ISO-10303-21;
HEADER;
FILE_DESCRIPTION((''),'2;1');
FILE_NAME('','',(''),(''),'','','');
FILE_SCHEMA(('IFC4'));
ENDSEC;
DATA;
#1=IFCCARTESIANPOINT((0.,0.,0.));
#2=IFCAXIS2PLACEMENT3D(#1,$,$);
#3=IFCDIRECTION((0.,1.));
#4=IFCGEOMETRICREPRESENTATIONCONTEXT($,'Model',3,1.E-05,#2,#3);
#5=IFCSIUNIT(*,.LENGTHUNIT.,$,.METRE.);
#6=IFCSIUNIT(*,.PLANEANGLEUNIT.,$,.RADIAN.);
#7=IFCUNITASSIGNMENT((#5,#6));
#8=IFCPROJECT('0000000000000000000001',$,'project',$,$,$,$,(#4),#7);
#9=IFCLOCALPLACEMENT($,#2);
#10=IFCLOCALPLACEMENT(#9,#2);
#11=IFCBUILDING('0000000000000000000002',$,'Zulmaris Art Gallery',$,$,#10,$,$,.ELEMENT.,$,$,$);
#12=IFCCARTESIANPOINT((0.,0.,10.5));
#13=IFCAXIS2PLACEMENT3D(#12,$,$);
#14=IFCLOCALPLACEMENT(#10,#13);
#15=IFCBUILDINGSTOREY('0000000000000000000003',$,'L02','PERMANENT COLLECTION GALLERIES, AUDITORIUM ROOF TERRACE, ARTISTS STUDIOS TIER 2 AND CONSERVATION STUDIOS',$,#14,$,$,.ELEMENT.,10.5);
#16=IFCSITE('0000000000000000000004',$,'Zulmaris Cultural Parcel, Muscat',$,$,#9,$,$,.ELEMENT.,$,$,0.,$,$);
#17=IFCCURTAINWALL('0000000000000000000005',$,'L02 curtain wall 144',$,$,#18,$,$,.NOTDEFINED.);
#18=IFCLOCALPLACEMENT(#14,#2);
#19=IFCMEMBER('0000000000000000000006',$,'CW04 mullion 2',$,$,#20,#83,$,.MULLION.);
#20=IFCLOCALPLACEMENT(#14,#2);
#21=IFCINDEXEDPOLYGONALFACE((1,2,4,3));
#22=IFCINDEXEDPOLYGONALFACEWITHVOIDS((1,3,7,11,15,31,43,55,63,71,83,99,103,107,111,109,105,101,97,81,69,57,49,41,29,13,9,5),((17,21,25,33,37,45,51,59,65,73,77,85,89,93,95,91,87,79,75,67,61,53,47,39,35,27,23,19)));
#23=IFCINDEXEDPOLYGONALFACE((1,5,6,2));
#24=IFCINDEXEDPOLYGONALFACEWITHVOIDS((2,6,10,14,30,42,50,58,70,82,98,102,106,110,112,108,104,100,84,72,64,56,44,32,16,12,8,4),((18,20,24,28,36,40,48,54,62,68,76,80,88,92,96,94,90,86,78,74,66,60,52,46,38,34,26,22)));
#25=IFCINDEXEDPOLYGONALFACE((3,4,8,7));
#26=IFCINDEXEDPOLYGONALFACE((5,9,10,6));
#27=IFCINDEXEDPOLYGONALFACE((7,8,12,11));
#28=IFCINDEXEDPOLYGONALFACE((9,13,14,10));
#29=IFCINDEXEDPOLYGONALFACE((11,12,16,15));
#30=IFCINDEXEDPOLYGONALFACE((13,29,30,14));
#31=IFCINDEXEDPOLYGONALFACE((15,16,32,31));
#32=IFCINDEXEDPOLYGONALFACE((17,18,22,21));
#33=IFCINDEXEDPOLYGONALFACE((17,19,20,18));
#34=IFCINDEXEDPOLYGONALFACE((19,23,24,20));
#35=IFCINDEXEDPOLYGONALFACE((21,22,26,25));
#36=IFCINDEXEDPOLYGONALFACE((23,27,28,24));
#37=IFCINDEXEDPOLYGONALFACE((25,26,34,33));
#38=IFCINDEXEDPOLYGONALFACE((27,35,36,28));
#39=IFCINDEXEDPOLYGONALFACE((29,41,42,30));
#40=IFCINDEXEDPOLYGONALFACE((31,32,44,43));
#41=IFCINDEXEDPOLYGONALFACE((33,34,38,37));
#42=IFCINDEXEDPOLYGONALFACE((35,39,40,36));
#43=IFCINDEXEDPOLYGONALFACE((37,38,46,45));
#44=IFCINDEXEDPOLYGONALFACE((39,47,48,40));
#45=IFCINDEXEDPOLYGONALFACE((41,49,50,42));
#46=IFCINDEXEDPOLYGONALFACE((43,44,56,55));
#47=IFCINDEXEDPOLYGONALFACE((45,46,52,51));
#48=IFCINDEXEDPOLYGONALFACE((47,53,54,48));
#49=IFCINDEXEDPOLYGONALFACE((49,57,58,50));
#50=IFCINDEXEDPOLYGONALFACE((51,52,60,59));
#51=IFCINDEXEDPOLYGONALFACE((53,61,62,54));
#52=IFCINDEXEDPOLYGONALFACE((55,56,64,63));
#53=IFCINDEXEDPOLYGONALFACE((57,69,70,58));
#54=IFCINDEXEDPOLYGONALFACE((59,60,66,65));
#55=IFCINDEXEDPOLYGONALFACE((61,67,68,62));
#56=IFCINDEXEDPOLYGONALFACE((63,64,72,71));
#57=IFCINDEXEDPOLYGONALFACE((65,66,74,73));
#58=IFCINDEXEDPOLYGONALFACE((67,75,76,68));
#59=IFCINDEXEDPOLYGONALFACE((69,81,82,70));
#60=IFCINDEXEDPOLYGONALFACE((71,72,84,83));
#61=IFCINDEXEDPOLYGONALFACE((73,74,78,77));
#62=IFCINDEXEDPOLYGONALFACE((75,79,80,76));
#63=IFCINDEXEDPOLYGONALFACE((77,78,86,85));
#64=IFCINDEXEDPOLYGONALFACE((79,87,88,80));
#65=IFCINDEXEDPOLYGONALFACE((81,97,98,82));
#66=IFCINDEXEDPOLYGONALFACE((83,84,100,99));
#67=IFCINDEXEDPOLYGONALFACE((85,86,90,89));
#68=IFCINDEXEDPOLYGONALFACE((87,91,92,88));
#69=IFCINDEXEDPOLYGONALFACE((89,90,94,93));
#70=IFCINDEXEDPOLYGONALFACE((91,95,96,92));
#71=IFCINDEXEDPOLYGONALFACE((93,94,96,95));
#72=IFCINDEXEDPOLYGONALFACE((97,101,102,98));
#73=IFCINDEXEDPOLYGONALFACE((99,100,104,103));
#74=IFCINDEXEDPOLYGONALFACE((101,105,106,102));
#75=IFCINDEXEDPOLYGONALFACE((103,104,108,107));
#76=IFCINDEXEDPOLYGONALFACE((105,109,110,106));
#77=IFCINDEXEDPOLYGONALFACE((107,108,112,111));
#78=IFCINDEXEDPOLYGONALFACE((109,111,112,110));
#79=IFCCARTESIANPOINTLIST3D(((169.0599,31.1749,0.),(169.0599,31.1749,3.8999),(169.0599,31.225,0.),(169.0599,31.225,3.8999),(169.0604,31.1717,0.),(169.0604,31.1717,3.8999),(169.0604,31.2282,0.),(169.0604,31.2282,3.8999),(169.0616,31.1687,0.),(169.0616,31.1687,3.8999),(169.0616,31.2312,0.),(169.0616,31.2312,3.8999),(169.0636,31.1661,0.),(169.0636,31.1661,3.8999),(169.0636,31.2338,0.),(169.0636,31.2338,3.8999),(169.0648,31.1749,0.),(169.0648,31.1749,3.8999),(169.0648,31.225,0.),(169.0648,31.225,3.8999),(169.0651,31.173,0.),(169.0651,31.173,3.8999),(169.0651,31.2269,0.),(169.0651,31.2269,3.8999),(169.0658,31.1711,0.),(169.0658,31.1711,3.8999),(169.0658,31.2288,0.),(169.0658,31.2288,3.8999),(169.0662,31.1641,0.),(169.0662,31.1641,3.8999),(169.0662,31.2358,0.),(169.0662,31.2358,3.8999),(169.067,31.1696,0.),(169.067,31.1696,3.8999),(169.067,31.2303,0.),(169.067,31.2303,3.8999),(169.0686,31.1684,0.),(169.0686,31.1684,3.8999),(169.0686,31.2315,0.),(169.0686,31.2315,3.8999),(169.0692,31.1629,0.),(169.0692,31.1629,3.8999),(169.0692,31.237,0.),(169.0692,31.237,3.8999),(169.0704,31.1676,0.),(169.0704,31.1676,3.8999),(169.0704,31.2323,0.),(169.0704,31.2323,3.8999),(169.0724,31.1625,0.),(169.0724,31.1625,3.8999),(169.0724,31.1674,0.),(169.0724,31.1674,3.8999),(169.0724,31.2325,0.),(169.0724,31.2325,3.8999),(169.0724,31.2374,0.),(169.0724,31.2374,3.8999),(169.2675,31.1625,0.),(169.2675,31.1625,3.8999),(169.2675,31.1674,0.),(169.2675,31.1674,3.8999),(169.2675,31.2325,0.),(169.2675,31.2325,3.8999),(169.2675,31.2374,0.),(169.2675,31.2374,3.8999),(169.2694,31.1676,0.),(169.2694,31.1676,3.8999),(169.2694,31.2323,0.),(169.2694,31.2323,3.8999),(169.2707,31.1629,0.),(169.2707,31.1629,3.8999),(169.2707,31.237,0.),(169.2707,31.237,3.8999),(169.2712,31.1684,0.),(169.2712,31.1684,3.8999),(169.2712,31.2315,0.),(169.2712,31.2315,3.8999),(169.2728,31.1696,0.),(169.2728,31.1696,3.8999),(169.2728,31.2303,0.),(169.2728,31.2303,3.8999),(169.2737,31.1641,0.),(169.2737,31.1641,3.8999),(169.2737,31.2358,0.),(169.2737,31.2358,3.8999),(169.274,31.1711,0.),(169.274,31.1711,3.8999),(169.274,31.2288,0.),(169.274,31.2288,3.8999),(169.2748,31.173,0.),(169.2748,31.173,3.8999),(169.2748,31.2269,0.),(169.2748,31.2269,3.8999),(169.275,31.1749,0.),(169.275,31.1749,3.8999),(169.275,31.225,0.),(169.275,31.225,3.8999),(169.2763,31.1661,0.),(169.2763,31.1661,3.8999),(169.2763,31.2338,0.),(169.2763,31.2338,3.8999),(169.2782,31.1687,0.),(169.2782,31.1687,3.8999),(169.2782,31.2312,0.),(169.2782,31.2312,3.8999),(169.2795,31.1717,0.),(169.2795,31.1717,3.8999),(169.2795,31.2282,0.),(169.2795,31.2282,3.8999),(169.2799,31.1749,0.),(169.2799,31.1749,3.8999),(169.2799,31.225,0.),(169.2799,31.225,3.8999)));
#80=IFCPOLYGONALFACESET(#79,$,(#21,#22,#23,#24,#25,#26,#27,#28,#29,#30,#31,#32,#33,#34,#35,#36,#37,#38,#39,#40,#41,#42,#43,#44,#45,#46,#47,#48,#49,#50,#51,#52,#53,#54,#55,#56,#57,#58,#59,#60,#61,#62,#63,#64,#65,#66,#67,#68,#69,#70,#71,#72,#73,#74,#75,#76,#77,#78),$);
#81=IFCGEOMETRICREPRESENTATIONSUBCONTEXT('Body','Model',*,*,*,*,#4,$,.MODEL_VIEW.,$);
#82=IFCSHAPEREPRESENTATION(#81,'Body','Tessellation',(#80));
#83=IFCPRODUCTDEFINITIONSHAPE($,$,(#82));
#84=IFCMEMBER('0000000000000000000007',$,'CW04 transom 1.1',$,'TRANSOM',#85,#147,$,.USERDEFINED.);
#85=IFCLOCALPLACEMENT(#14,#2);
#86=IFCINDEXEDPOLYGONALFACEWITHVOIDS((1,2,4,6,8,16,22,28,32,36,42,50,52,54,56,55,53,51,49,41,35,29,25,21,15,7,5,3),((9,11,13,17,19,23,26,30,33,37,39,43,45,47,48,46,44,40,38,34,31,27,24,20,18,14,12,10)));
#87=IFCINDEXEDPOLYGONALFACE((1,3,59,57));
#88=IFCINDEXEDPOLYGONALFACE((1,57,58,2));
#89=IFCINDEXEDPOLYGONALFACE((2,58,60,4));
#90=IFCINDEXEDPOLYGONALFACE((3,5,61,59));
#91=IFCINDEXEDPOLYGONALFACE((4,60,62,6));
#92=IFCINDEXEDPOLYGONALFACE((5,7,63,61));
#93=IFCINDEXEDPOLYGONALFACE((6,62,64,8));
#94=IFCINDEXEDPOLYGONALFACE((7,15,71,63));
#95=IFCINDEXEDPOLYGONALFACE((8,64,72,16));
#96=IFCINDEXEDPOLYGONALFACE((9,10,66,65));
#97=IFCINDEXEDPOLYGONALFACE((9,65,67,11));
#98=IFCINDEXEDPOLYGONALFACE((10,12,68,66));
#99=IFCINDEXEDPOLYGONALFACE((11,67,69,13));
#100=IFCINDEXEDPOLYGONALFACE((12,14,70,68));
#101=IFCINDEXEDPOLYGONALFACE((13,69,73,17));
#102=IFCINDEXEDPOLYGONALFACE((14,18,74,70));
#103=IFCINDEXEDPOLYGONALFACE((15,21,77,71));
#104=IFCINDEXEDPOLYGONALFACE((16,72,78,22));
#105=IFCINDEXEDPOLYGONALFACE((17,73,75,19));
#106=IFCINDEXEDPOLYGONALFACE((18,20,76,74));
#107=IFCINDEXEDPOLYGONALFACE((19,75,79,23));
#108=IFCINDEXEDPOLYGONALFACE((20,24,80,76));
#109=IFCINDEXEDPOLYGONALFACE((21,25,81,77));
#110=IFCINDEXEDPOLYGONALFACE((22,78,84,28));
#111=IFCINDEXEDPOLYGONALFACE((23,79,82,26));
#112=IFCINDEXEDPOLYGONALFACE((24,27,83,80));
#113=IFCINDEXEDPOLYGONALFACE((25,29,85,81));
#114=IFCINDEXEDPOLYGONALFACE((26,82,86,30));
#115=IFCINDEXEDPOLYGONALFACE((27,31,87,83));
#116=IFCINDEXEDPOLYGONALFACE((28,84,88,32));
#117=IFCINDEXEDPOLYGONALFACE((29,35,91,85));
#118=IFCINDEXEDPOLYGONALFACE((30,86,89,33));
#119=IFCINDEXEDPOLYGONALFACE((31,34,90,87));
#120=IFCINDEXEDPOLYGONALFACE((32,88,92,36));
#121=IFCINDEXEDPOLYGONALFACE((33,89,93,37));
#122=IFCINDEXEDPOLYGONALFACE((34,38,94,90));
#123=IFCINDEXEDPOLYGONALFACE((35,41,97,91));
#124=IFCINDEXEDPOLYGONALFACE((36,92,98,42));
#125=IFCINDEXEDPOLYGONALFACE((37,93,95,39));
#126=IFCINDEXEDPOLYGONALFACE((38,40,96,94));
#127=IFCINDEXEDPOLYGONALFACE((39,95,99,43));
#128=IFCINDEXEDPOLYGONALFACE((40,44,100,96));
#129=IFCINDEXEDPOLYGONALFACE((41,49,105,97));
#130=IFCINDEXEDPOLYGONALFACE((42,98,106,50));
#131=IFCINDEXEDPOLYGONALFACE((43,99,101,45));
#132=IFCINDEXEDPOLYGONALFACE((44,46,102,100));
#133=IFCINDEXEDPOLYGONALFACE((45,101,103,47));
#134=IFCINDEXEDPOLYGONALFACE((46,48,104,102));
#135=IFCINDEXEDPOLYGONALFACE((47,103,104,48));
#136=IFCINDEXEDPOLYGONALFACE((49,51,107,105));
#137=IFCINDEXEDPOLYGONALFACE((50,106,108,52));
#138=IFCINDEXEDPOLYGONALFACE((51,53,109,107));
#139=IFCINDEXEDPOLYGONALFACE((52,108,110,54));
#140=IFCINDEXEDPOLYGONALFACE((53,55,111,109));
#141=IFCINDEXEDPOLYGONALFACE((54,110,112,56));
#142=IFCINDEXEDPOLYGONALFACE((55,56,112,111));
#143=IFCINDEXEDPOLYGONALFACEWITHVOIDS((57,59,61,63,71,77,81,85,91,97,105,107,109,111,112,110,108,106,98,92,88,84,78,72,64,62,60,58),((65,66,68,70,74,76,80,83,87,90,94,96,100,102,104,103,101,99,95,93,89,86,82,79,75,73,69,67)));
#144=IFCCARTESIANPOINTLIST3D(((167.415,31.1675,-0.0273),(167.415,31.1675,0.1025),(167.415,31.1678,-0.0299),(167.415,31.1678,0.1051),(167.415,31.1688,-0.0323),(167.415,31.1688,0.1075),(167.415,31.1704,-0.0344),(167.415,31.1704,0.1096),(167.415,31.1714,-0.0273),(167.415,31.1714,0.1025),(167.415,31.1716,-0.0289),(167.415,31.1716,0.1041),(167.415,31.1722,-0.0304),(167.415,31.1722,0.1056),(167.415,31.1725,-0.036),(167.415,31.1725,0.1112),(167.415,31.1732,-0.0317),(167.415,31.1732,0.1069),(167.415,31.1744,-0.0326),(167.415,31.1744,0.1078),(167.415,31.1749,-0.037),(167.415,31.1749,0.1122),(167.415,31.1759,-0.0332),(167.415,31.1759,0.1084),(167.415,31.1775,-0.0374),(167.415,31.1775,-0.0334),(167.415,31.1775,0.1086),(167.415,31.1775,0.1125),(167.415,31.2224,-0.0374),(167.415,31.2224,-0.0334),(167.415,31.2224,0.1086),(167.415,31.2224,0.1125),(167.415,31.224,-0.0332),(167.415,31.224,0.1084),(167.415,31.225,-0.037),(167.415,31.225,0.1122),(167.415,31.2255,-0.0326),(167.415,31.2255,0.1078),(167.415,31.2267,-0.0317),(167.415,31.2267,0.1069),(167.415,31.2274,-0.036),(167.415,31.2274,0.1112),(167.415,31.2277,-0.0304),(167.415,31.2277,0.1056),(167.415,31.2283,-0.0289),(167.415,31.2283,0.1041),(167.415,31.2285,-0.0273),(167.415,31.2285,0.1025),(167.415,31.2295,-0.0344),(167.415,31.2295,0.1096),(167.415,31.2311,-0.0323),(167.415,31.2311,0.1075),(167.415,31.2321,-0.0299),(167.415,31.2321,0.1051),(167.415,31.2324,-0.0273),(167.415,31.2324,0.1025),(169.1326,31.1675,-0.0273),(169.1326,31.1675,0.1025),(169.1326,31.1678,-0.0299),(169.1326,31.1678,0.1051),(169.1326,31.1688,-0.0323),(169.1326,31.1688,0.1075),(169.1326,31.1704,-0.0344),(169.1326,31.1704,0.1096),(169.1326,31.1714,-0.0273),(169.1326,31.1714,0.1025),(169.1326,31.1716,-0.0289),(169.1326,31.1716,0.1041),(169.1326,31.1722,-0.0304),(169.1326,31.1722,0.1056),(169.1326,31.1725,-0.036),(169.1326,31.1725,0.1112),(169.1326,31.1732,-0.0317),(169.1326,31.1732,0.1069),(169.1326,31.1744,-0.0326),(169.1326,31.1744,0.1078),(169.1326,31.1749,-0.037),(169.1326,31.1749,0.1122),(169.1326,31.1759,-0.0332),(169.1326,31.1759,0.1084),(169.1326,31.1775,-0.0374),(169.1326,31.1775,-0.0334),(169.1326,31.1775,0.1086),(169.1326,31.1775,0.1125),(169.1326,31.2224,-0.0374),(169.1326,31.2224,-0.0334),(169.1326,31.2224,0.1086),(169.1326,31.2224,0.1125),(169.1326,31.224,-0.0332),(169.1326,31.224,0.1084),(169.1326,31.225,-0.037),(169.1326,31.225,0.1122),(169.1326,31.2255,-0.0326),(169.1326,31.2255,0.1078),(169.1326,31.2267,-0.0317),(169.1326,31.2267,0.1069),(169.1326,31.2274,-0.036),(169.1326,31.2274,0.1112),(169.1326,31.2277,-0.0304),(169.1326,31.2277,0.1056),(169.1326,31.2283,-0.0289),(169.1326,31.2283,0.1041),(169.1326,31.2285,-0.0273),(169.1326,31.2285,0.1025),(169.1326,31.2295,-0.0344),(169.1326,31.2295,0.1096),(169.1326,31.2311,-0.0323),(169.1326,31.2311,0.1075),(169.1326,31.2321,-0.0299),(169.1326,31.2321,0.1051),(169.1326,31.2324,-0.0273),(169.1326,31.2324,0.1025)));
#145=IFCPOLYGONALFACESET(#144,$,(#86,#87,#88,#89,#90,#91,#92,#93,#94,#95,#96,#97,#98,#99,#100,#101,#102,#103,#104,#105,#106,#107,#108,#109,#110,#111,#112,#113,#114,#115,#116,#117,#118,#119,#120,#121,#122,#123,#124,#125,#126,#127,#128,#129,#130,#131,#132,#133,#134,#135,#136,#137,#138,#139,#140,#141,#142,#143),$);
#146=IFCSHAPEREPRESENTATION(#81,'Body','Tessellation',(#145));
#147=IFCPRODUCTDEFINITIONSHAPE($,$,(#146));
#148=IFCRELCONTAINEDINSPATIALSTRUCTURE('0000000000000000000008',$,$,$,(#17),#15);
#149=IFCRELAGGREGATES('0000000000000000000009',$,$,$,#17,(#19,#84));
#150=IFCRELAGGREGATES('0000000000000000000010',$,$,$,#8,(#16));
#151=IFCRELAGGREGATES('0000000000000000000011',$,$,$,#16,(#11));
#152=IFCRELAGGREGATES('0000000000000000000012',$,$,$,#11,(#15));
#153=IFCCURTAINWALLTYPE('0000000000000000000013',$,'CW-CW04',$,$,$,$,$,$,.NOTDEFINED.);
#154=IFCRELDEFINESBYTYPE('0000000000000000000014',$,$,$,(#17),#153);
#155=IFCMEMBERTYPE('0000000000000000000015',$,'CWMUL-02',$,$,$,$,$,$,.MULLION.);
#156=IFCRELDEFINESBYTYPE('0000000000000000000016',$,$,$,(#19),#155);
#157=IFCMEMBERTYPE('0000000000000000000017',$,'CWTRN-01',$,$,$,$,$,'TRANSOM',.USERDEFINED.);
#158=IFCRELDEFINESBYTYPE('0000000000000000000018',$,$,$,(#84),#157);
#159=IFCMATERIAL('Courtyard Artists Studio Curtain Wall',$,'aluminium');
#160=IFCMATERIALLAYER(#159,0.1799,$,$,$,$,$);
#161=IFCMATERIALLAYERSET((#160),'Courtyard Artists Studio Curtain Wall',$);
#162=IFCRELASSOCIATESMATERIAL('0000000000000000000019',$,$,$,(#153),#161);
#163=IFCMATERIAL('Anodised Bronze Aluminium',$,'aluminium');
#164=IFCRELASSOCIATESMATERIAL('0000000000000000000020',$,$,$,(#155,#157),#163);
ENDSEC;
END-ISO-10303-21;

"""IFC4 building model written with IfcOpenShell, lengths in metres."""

from ifc_helpers import new_model, si_unit, direction, frame, origin, origin_2d, place, context, subcontext, project, spatial, hollow_rectangle, extrude, material, layer, layer_set, material_profile, profile_set, type_object, element, aggregate, save


model = new_model("IFC4")

# Units and contexts
model_context = context("Model", 3, precision=1e-05, world=origin(), true_north=direction((0.0, 1.0)))
body_context = subcontext(model_context, "Body", "Model", "MODEL_VIEW")
ifc_project = project(units=[si_unit("LENGTHUNIT", "METRE"), si_unit("PLANEANGLEUNIT", "RADIAN")], contexts=[model_context])

# Site, building, storey
site_placement = place(None, origin())
site = spatial("IfcSite", under=ifc_project, at=site_placement, Name="Zulmaris Cultural Parcel, Muscat", CompositionType="ELEMENT", RefElevation=0.0)
building_placement = place(site_placement, origin())
building = spatial("IfcBuilding", under=site, at=building_placement, Name="Zulmaris Art Gallery", CompositionType="ELEMENT")
storey_placement = place(building_placement, frame((0.0, 0.0, 10.5)))
storey = spatial("IfcBuildingStorey", under=building, at=storey_placement, Name="L02", Description="PERMANENT COLLECTION GALLERIES, AUDITORIUM ROOF TERRACE, ARTISTS STUDIOS TIER 2 AND CONSERVATION STUDIOS", CompositionType="ELEMENT", Elevation=10.5)

# Curtain wall, members
ifc_material_1 = material(Name="Courtyard Artists Studio Curtain Wall", Category="aluminium")
ifc_layer_1 = layer(ifc_material_1, 0.1799)
ifc_layer_set_1 = layer_set([ifc_layer_1], Name="Courtyard Artists Studio Curtain Wall")
curtain_wall_type = type_object("IfcCurtainWallType", Name="CW-CW04", PredefinedType="NOTDEFINED", material=ifc_layer_set_1)
ifc_material_2 = material(Name="Anodised Bronze Aluminium", Category="aluminium")
ifc_material_profile_1 = material_profile(ifc_material_2, hollow_rectangle(XDim=0.075, YDim=0.22, WallThickness=0.0049, InnerFilletRadius=0.0076, OuterFilletRadius=0.0125, at=origin_2d()), Name="ALU 75x220x5")
ifc_profile_set_1 = profile_set([ifc_material_profile_1], Name="Anodised Bronze Aluminium")
member_type_1 = type_object("IfcMemberType", Name="CWMUL-02", PredefinedType="MULLION", material=ifc_profile_set_1)
curtain_wall_1_placement = place(storey_placement, origin())
curtain_wall_1 = element("IfcCurtainWall", 1, at=curtain_wall_1_placement, inside=storey, type_object=curtain_wall_type, Name="L02 curtain wall 144", PredefinedType="NOTDEFINED")
member_1_placement = place(storey_placement, frame((169.1699, 31.2, 0.0), z_axis=(0.0, 0.0, 1.0), x_axis=(0.0, 1.0, 0.0)))
member_1 = element("IfcMember", 2, at=member_1_placement, type_object=member_type_1, Name="CW04 mullion 2", PredefinedType="MULLION", context=body_context, shape_type="SweptSolid", body=[
    extrude(hollow_rectangle(XDim=0.075, YDim=0.22, WallThickness=0.0049, InnerFilletRadius=0.0076, OuterFilletRadius=0.0125, at=origin_2d()), origin(), (0.0, 0.0, 1.0), 3.8999),
])
ifc_material_profile_2 = material_profile(ifc_material_2, hollow_rectangle(XDim=0.0649, YDim=0.1499, WallThickness=0.0039, InnerFilletRadius=0.0061, OuterFilletRadius=0.01, at=origin_2d()), Name="ALU 65x150x4")
ifc_profile_set_2 = profile_set([ifc_material_profile_2], Name="Anodised Bronze Aluminium")
member_type_2 = type_object("IfcMemberType", Name="CWTRN-01", ElementType="TRANSOM", PredefinedType="USERDEFINED", material=ifc_profile_set_2)
member_2_placement = place(storey_placement, frame((167.415, 31.2, 0.0376), z_axis=(1.0, 0.0, 0.0), x_axis=(0.0, 1.0, 0.0)))
member_2 = element("IfcMember", 3, at=member_2_placement, type_object=member_type_2, Name="CW04 transom 1.1", ObjectType="TRANSOM", PredefinedType="USERDEFINED", context=body_context, shape_type="SweptSolid", body=[
    extrude(hollow_rectangle(XDim=0.0649, YDim=0.1499, WallThickness=0.0039, InnerFilletRadius=0.0061, OuterFilletRadius=0.01, at=origin_2d()), origin(), (0.0, 0.0, 1.0), 1.7175),
])

aggregate(curtain_wall_1, [member_1, member_2])

save(model, "model.ifc")
